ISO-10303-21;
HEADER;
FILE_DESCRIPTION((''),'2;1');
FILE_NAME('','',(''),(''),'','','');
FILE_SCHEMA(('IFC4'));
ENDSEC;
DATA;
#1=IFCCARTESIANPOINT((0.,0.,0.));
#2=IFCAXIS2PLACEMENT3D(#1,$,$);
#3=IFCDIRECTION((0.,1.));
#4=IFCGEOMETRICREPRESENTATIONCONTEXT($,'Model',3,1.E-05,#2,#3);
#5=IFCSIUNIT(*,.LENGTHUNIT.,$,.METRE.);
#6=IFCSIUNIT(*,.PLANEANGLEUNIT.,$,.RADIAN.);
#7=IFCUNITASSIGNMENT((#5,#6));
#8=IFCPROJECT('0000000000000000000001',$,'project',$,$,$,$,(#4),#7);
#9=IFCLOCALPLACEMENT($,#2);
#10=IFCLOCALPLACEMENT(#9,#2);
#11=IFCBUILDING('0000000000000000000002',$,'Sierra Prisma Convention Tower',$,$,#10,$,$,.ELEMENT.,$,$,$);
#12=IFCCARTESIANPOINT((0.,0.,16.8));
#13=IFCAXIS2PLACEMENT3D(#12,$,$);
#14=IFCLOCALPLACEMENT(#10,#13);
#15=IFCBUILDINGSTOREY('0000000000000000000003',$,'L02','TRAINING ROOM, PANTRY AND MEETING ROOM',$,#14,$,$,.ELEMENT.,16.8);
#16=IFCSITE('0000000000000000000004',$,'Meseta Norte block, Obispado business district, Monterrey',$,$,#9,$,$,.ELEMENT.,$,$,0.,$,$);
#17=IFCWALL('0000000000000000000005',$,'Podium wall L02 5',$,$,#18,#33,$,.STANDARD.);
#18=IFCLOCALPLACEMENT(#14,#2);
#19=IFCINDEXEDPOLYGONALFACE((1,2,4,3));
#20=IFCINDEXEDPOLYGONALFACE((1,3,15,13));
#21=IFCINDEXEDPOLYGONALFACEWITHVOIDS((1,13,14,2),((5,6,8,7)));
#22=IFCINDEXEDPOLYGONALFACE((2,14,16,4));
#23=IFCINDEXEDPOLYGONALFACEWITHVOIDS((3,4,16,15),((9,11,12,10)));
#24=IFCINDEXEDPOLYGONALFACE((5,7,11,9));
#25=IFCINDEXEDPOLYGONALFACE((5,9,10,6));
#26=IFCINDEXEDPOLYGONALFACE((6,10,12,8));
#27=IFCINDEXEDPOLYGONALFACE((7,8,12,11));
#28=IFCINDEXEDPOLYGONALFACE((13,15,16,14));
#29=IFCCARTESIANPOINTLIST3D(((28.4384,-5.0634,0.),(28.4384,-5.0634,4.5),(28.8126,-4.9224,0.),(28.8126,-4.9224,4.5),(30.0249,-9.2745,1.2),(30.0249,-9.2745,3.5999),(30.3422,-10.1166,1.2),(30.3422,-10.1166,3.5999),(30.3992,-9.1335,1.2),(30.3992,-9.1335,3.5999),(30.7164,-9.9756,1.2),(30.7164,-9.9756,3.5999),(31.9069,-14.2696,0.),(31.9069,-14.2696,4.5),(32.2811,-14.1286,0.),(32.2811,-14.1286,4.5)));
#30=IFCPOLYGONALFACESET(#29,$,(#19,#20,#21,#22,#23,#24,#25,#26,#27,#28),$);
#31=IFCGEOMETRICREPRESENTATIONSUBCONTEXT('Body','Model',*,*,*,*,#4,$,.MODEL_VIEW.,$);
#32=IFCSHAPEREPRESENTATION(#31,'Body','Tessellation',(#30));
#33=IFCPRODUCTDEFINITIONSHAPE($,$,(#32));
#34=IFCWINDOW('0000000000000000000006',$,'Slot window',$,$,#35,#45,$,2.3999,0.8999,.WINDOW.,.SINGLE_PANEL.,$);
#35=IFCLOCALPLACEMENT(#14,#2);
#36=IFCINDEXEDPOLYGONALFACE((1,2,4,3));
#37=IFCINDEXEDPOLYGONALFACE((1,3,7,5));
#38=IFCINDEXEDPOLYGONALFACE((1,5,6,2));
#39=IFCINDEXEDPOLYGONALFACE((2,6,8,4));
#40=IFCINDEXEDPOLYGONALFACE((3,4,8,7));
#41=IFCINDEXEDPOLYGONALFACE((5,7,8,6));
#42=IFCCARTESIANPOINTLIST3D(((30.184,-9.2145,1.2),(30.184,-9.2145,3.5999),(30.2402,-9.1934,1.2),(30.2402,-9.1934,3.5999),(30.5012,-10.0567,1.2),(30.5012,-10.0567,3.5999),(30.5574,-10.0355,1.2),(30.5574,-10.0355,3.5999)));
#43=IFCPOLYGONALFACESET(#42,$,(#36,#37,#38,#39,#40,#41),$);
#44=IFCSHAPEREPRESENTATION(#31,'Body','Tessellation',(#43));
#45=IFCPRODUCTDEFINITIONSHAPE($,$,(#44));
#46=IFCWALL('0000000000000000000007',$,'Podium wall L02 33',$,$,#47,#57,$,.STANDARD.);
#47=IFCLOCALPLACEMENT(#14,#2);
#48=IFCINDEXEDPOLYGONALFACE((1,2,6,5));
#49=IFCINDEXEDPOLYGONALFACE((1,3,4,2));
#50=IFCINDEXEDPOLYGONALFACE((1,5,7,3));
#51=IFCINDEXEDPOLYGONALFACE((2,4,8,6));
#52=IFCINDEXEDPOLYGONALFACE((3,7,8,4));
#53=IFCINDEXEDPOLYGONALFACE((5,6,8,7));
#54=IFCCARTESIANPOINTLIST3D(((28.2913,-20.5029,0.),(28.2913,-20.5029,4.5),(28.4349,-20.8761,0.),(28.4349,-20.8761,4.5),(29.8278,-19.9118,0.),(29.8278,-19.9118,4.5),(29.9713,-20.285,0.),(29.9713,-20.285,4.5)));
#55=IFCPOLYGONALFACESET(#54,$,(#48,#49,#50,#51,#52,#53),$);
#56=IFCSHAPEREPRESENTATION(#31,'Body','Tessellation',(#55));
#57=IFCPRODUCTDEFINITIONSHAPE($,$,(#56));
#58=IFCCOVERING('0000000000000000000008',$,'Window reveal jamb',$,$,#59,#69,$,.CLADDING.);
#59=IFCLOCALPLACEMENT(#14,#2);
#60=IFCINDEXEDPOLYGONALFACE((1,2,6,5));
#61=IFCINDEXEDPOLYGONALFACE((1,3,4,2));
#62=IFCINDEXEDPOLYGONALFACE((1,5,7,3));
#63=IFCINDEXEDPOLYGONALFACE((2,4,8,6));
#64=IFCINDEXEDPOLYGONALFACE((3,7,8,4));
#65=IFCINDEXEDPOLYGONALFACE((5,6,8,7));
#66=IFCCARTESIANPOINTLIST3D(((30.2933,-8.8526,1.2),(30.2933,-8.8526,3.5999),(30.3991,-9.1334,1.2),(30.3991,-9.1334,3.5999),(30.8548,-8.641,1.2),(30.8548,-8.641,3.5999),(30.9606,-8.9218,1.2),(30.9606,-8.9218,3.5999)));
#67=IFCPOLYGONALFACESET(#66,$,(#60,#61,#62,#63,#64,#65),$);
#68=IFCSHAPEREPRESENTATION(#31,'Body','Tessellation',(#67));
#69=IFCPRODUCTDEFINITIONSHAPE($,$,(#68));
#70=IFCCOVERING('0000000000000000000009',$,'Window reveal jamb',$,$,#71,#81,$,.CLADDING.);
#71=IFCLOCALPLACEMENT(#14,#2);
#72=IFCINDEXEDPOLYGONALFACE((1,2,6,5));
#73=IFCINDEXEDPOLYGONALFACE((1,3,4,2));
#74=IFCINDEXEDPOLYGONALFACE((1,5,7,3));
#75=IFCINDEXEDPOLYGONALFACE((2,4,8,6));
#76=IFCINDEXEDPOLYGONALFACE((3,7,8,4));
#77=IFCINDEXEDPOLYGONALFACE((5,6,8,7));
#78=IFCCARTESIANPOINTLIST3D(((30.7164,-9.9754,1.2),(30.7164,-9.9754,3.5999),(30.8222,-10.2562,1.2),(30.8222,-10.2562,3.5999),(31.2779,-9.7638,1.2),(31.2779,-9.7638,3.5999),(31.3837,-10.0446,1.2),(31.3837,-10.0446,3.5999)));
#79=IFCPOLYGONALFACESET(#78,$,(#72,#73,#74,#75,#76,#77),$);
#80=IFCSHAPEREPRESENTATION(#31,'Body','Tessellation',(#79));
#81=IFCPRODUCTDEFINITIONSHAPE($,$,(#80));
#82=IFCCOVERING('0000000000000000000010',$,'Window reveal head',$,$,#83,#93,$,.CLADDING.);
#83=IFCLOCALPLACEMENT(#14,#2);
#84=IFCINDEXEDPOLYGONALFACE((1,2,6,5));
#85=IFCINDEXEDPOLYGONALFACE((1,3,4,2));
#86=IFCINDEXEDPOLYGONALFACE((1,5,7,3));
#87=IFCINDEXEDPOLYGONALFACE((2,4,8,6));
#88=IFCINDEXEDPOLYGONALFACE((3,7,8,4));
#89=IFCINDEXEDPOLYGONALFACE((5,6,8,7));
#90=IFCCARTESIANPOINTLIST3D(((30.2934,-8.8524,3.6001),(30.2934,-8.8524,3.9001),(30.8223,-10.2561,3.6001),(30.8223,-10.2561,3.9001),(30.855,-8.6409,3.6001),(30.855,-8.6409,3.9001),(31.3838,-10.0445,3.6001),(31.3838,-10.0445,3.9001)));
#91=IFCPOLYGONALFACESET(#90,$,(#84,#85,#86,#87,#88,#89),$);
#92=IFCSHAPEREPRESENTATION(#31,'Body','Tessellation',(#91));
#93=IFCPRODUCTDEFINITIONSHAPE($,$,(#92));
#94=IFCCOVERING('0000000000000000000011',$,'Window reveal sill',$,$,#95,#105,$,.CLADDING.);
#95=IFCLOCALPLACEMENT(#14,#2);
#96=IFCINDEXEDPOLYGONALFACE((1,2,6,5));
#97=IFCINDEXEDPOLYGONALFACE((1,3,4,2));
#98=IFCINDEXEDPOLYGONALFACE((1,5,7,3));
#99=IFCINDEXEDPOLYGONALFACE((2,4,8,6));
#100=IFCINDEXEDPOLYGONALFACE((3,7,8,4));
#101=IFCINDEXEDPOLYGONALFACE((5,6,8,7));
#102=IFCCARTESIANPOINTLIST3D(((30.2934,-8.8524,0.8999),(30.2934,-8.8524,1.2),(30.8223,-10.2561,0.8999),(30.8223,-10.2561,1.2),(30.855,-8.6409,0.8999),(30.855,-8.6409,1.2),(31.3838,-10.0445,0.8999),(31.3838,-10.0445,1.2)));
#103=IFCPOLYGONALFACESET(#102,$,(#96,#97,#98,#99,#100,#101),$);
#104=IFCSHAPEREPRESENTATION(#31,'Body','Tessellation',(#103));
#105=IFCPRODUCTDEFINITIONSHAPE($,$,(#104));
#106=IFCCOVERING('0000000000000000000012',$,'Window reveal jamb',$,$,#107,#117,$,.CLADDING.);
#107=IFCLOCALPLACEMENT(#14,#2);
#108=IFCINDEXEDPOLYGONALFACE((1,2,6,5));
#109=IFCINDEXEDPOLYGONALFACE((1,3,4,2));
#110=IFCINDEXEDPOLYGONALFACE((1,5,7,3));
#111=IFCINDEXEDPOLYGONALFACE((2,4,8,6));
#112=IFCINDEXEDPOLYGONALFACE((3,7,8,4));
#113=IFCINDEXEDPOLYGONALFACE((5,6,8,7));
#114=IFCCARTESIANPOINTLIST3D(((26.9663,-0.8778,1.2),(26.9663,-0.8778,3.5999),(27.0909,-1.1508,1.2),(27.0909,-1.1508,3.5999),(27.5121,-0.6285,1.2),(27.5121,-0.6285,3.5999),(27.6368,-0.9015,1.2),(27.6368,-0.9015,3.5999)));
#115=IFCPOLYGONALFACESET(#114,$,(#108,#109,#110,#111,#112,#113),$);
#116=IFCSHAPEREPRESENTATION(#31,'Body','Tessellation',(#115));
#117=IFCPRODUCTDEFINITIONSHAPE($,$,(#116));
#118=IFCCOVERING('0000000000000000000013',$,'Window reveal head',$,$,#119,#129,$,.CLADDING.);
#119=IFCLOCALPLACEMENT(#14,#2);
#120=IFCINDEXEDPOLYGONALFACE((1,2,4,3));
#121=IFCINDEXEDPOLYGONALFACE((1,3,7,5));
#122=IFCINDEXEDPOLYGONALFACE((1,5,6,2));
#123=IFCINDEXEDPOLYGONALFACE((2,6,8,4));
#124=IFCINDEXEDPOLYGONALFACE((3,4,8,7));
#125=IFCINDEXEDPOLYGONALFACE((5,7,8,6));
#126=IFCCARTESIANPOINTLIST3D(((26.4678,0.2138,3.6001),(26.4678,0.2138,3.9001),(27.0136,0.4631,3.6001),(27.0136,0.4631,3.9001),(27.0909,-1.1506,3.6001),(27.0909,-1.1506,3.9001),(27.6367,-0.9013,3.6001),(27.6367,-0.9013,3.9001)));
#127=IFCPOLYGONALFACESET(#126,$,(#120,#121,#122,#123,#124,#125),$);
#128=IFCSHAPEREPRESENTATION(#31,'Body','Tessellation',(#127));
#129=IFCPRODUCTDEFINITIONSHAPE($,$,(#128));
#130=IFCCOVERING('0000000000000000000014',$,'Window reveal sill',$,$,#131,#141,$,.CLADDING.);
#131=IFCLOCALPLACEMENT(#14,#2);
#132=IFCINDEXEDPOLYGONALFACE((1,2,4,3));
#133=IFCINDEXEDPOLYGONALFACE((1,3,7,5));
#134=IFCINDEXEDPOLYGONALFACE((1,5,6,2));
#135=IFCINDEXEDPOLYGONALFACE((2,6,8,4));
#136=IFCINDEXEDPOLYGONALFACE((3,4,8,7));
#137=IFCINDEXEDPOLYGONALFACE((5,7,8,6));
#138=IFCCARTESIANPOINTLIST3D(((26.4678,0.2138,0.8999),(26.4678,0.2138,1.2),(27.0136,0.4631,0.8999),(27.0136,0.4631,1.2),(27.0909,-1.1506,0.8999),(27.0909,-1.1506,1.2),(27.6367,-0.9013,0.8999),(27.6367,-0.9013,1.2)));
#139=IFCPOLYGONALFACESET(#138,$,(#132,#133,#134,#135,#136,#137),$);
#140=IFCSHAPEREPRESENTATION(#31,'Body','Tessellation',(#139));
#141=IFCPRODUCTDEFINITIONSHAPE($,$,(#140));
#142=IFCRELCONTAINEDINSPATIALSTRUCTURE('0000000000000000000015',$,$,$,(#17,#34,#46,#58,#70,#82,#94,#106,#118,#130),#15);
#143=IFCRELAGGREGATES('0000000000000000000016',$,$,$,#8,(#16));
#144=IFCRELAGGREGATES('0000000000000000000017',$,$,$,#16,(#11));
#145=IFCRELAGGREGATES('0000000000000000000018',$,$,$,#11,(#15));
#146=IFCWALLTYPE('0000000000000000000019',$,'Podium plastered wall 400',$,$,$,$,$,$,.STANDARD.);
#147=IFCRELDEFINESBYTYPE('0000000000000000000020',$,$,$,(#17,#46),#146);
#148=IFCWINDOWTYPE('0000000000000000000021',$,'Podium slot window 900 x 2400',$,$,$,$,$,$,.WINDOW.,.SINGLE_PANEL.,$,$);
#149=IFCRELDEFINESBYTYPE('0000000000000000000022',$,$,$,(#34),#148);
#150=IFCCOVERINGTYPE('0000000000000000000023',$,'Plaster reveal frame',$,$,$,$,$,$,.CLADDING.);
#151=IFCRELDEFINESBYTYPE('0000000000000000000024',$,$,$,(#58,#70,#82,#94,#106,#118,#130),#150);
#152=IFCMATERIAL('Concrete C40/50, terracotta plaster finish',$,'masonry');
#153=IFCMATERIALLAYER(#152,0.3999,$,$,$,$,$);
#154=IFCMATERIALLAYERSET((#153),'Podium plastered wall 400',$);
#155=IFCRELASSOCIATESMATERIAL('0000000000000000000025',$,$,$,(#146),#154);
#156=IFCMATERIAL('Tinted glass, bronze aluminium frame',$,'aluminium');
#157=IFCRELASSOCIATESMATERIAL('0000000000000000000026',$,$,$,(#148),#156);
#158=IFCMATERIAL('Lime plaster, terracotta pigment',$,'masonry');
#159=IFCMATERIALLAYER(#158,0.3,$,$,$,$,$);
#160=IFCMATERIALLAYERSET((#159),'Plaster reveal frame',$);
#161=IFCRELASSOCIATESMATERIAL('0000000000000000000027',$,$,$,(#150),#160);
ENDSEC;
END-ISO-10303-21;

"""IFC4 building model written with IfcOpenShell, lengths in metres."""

from ifc_helpers import new_model, si_unit, direction, frame, frame_2d, origin, origin_2d, place, context, subcontext, project, spatial, rectangle, extrude, material, layer, layer_set, type_object, element, fill, save


model = new_model("IFC4")

# Units and contexts
model_context = context("Model", 3, precision=1e-05, world=origin(), true_north=direction((0.0, 1.0)))
body_context = subcontext(model_context, "Body", "Model", "MODEL_VIEW")
ifc_project = project(units=[si_unit("LENGTHUNIT", "METRE"), si_unit("PLANEANGLEUNIT", "RADIAN")], contexts=[model_context])

# Site, building, storey
site_placement = place(None, origin())
site = spatial("IfcSite", under=ifc_project, at=site_placement, Name="Meseta Norte block, Obispado business district, Monterrey", CompositionType="ELEMENT", RefElevation=0.0)
building_placement = place(site_placement, origin())
building = spatial("IfcBuilding", under=site, at=building_placement, Name="Sierra Prisma Convention Tower", CompositionType="ELEMENT")
storey_placement = place(building_placement, frame((0.0, 0.0, 16.8)))
storey = spatial("IfcBuildingStorey", under=building, at=storey_placement, Name="L02", Description="TRAINING ROOM, PANTRY AND MEETING ROOM", CompositionType="ELEMENT", Elevation=16.8)

# Shared definitions
ifc_material_1 = material(Name="Concrete C40/50, terracotta plaster finish", Category="masonry")
ifc_layer_1 = layer(ifc_material_1, 0.3999)
ifc_layer_set_1 = layer_set([ifc_layer_1], Name="Podium plastered wall 400")
wall_type_1 = type_object("IfcWallType", Name="Podium plastered wall 400", PredefinedType="STANDARD", material=ifc_layer_set_1)

# Wall, opening, window
wall_1_placement = place(storey_placement, frame((28.6255, -4.9929, 0.0), z_axis=(0.0, 0.0, 1.0), x_axis=(0.35257, -0.935785, 0.0)))
wall_1 = element("IfcWall", 1, at=wall_1_placement, inside=storey, type_object=wall_type_1, Name="Podium wall L02 5", PredefinedType="STANDARD", context=body_context, shape_type="SweptSolid", body=[
    extrude(rectangle(XDim=9.8379, YDim=0.3999, at=frame_2d((4.9189, 0.0))), origin(), (0.0, 0.0, 1.0), 4.5),
])
opening_1_placement = place(wall_1_placement, frame((4.5, 0.0, 1.2)))
opening_1 = element("IfcOpeningElement", 2, at=opening_1_placement, cuts=wall_1, PredefinedType="OPENING", context=body_context, shape_type="SweptSolid", body=[
    extrude(rectangle(XDim=0.8999, YDim=2.3999, at=frame_2d((0.45, 1.2))), frame((0.0, 0.2, 0.0), z_axis=(0.0, -1.0, 0.0), x_axis=(1.0, 0.0, 0.0)), (0.0, 0.0, 1.0), 0.3999),
])
ifc_material_2 = material(Name="Tinted glass, bronze aluminium frame", Category="aluminium")
window_type = type_object("IfcWindowType", Name="Podium slot window 900 x 2400", PartitioningType="SINGLE_PANEL", PredefinedType="WINDOW", material=ifc_material_2)
window_placement = place(opening_1_placement, origin())
window = element("IfcWindow", 3, at=window_placement, inside=storey, type_object=window_type, Name="Slot window", OverallHeight=2.3999, OverallWidth=0.8999, PartitioningType="SINGLE_PANEL", PredefinedType="WINDOW", context=body_context, shape_type="SweptSolid", body=[
    extrude(rectangle(XDim=0.8999, YDim=2.3999, at=frame_2d((0.45, 1.2))), frame((0.0, 0.03, 0.0), z_axis=(0.0, -1.0, 0.0), x_axis=(1.0, 0.0, 0.0)), (0.0, 0.0, 1.0), 0.0601),
])
fill(opening_1, window)

# Wall
wall_2_placement = place(storey_placement, frame((29.8997, -20.0984, 0.0), z_axis=(0.0, 0.0, 1.0), x_axis=(-0.933315, -0.359059, 0.0)))
element("IfcWall", 4, at=wall_2_placement, inside=storey, type_object=wall_type_1, Name="Podium wall L02 33", PredefinedType="STANDARD", context=body_context, shape_type="SweptSolid", body=[
    extrude(rectangle(XDim=1.6462, YDim=0.3999, at=frame_2d((0.8232, 0.0))), origin(), (0.0, 0.0, 1.0), 4.5),
])

# Coverings
ifc_material_3 = material(Name="Lime plaster, terracotta pigment", Category="masonry")
ifc_layer_2 = layer(ifc_material_3, 0.3)
ifc_layer_set_2 = layer_set([ifc_layer_2], Name="Plaster reveal frame")
covering_type = type_object("IfcCoveringType", Name="Plaster reveal frame", PredefinedType="CLADDING", material=ifc_layer_set_2)
for number, where, z_axis, x_axis, name in (
    (5, (30.627, -8.8872, 1.2), (0.0, 0.0, 1.0), (0.352587, -0.935779, 0.0), "Window reveal jamb"),
    (6, (31.05, -10.01, 1.2), (0.0, 0.0, 1.0), (0.352587, -0.935779, 0.0), "Window reveal jamb"),
):
    element("IfcCovering", number, at=place(storey_placement, frame(where, z_axis=z_axis, x_axis=x_axis)), inside=storey, type_object=covering_type, Name=name, PredefinedType="CLADDING", context=body_context, shape_type="SweptSolid", body=[
        extrude(rectangle(XDim=0.3, YDim=0.6001, at=origin_2d()), origin(), (0.0, 0.0, 1.0), 2.3999),
    ])
for number, where, z_axis, x_axis, name in (
    (7, (30.8386, -9.4485, 3.6001), (0.0, 0.0, 1.0), (0.352587, -0.935779, 0.0), "Window reveal head"),
    (8, (30.8386, -9.4485, 0.8999), (0.0, 0.0, 1.0), (0.352587, -0.935779, 0.0), "Window reveal sill"),
):
    element("IfcCovering", number, at=place(storey_placement, frame(where, z_axis=z_axis, x_axis=x_axis)), inside=storey, type_object=covering_type, Name=name, PredefinedType="CLADDING", context=body_context, shape_type="SweptSolid", body=[
        extrude(rectangle(XDim=1.5, YDim=0.6001, at=origin_2d()), origin(), (0.0, 0.0, 1.0), 0.3),
    ])
covering_placement = place(storey_placement, frame((27.3015, -0.8896, 1.2), z_axis=(0.0, 0.0, 1.0), x_axis=(0.415398, -0.90964, 0.0)))
element("IfcCovering", 9, at=covering_placement, inside=storey, type_object=covering_type, Name="Window reveal jamb", PredefinedType="CLADDING", context=body_context, shape_type="SweptSolid", body=[
    extrude(rectangle(XDim=0.3, YDim=0.6001, at=origin_2d()), origin(), (0.0, 0.0, 1.0), 2.3999),
])
for number, where, z_axis, x_axis, name in (
    (10, (27.0522, -0.3438, 3.6001), (0.0, 0.0, 1.0), (0.415398, -0.90964, 0.0), "Window reveal head"),
    (11, (27.0522, -0.3438, 0.8999), (0.0, 0.0, 1.0), (0.415398, -0.90964, 0.0), "Window reveal sill"),
):
    element("IfcCovering", number, at=place(storey_placement, frame(where, z_axis=z_axis, x_axis=x_axis)), inside=storey, type_object=covering_type, Name=name, PredefinedType="CLADDING", context=body_context, shape_type="SweptSolid", body=[
        extrude(rectangle(XDim=1.5, YDim=0.6001, at=origin_2d()), origin(), (0.0, 0.0, 1.0), 0.3),
    ])

save(model, "model.ifc")
